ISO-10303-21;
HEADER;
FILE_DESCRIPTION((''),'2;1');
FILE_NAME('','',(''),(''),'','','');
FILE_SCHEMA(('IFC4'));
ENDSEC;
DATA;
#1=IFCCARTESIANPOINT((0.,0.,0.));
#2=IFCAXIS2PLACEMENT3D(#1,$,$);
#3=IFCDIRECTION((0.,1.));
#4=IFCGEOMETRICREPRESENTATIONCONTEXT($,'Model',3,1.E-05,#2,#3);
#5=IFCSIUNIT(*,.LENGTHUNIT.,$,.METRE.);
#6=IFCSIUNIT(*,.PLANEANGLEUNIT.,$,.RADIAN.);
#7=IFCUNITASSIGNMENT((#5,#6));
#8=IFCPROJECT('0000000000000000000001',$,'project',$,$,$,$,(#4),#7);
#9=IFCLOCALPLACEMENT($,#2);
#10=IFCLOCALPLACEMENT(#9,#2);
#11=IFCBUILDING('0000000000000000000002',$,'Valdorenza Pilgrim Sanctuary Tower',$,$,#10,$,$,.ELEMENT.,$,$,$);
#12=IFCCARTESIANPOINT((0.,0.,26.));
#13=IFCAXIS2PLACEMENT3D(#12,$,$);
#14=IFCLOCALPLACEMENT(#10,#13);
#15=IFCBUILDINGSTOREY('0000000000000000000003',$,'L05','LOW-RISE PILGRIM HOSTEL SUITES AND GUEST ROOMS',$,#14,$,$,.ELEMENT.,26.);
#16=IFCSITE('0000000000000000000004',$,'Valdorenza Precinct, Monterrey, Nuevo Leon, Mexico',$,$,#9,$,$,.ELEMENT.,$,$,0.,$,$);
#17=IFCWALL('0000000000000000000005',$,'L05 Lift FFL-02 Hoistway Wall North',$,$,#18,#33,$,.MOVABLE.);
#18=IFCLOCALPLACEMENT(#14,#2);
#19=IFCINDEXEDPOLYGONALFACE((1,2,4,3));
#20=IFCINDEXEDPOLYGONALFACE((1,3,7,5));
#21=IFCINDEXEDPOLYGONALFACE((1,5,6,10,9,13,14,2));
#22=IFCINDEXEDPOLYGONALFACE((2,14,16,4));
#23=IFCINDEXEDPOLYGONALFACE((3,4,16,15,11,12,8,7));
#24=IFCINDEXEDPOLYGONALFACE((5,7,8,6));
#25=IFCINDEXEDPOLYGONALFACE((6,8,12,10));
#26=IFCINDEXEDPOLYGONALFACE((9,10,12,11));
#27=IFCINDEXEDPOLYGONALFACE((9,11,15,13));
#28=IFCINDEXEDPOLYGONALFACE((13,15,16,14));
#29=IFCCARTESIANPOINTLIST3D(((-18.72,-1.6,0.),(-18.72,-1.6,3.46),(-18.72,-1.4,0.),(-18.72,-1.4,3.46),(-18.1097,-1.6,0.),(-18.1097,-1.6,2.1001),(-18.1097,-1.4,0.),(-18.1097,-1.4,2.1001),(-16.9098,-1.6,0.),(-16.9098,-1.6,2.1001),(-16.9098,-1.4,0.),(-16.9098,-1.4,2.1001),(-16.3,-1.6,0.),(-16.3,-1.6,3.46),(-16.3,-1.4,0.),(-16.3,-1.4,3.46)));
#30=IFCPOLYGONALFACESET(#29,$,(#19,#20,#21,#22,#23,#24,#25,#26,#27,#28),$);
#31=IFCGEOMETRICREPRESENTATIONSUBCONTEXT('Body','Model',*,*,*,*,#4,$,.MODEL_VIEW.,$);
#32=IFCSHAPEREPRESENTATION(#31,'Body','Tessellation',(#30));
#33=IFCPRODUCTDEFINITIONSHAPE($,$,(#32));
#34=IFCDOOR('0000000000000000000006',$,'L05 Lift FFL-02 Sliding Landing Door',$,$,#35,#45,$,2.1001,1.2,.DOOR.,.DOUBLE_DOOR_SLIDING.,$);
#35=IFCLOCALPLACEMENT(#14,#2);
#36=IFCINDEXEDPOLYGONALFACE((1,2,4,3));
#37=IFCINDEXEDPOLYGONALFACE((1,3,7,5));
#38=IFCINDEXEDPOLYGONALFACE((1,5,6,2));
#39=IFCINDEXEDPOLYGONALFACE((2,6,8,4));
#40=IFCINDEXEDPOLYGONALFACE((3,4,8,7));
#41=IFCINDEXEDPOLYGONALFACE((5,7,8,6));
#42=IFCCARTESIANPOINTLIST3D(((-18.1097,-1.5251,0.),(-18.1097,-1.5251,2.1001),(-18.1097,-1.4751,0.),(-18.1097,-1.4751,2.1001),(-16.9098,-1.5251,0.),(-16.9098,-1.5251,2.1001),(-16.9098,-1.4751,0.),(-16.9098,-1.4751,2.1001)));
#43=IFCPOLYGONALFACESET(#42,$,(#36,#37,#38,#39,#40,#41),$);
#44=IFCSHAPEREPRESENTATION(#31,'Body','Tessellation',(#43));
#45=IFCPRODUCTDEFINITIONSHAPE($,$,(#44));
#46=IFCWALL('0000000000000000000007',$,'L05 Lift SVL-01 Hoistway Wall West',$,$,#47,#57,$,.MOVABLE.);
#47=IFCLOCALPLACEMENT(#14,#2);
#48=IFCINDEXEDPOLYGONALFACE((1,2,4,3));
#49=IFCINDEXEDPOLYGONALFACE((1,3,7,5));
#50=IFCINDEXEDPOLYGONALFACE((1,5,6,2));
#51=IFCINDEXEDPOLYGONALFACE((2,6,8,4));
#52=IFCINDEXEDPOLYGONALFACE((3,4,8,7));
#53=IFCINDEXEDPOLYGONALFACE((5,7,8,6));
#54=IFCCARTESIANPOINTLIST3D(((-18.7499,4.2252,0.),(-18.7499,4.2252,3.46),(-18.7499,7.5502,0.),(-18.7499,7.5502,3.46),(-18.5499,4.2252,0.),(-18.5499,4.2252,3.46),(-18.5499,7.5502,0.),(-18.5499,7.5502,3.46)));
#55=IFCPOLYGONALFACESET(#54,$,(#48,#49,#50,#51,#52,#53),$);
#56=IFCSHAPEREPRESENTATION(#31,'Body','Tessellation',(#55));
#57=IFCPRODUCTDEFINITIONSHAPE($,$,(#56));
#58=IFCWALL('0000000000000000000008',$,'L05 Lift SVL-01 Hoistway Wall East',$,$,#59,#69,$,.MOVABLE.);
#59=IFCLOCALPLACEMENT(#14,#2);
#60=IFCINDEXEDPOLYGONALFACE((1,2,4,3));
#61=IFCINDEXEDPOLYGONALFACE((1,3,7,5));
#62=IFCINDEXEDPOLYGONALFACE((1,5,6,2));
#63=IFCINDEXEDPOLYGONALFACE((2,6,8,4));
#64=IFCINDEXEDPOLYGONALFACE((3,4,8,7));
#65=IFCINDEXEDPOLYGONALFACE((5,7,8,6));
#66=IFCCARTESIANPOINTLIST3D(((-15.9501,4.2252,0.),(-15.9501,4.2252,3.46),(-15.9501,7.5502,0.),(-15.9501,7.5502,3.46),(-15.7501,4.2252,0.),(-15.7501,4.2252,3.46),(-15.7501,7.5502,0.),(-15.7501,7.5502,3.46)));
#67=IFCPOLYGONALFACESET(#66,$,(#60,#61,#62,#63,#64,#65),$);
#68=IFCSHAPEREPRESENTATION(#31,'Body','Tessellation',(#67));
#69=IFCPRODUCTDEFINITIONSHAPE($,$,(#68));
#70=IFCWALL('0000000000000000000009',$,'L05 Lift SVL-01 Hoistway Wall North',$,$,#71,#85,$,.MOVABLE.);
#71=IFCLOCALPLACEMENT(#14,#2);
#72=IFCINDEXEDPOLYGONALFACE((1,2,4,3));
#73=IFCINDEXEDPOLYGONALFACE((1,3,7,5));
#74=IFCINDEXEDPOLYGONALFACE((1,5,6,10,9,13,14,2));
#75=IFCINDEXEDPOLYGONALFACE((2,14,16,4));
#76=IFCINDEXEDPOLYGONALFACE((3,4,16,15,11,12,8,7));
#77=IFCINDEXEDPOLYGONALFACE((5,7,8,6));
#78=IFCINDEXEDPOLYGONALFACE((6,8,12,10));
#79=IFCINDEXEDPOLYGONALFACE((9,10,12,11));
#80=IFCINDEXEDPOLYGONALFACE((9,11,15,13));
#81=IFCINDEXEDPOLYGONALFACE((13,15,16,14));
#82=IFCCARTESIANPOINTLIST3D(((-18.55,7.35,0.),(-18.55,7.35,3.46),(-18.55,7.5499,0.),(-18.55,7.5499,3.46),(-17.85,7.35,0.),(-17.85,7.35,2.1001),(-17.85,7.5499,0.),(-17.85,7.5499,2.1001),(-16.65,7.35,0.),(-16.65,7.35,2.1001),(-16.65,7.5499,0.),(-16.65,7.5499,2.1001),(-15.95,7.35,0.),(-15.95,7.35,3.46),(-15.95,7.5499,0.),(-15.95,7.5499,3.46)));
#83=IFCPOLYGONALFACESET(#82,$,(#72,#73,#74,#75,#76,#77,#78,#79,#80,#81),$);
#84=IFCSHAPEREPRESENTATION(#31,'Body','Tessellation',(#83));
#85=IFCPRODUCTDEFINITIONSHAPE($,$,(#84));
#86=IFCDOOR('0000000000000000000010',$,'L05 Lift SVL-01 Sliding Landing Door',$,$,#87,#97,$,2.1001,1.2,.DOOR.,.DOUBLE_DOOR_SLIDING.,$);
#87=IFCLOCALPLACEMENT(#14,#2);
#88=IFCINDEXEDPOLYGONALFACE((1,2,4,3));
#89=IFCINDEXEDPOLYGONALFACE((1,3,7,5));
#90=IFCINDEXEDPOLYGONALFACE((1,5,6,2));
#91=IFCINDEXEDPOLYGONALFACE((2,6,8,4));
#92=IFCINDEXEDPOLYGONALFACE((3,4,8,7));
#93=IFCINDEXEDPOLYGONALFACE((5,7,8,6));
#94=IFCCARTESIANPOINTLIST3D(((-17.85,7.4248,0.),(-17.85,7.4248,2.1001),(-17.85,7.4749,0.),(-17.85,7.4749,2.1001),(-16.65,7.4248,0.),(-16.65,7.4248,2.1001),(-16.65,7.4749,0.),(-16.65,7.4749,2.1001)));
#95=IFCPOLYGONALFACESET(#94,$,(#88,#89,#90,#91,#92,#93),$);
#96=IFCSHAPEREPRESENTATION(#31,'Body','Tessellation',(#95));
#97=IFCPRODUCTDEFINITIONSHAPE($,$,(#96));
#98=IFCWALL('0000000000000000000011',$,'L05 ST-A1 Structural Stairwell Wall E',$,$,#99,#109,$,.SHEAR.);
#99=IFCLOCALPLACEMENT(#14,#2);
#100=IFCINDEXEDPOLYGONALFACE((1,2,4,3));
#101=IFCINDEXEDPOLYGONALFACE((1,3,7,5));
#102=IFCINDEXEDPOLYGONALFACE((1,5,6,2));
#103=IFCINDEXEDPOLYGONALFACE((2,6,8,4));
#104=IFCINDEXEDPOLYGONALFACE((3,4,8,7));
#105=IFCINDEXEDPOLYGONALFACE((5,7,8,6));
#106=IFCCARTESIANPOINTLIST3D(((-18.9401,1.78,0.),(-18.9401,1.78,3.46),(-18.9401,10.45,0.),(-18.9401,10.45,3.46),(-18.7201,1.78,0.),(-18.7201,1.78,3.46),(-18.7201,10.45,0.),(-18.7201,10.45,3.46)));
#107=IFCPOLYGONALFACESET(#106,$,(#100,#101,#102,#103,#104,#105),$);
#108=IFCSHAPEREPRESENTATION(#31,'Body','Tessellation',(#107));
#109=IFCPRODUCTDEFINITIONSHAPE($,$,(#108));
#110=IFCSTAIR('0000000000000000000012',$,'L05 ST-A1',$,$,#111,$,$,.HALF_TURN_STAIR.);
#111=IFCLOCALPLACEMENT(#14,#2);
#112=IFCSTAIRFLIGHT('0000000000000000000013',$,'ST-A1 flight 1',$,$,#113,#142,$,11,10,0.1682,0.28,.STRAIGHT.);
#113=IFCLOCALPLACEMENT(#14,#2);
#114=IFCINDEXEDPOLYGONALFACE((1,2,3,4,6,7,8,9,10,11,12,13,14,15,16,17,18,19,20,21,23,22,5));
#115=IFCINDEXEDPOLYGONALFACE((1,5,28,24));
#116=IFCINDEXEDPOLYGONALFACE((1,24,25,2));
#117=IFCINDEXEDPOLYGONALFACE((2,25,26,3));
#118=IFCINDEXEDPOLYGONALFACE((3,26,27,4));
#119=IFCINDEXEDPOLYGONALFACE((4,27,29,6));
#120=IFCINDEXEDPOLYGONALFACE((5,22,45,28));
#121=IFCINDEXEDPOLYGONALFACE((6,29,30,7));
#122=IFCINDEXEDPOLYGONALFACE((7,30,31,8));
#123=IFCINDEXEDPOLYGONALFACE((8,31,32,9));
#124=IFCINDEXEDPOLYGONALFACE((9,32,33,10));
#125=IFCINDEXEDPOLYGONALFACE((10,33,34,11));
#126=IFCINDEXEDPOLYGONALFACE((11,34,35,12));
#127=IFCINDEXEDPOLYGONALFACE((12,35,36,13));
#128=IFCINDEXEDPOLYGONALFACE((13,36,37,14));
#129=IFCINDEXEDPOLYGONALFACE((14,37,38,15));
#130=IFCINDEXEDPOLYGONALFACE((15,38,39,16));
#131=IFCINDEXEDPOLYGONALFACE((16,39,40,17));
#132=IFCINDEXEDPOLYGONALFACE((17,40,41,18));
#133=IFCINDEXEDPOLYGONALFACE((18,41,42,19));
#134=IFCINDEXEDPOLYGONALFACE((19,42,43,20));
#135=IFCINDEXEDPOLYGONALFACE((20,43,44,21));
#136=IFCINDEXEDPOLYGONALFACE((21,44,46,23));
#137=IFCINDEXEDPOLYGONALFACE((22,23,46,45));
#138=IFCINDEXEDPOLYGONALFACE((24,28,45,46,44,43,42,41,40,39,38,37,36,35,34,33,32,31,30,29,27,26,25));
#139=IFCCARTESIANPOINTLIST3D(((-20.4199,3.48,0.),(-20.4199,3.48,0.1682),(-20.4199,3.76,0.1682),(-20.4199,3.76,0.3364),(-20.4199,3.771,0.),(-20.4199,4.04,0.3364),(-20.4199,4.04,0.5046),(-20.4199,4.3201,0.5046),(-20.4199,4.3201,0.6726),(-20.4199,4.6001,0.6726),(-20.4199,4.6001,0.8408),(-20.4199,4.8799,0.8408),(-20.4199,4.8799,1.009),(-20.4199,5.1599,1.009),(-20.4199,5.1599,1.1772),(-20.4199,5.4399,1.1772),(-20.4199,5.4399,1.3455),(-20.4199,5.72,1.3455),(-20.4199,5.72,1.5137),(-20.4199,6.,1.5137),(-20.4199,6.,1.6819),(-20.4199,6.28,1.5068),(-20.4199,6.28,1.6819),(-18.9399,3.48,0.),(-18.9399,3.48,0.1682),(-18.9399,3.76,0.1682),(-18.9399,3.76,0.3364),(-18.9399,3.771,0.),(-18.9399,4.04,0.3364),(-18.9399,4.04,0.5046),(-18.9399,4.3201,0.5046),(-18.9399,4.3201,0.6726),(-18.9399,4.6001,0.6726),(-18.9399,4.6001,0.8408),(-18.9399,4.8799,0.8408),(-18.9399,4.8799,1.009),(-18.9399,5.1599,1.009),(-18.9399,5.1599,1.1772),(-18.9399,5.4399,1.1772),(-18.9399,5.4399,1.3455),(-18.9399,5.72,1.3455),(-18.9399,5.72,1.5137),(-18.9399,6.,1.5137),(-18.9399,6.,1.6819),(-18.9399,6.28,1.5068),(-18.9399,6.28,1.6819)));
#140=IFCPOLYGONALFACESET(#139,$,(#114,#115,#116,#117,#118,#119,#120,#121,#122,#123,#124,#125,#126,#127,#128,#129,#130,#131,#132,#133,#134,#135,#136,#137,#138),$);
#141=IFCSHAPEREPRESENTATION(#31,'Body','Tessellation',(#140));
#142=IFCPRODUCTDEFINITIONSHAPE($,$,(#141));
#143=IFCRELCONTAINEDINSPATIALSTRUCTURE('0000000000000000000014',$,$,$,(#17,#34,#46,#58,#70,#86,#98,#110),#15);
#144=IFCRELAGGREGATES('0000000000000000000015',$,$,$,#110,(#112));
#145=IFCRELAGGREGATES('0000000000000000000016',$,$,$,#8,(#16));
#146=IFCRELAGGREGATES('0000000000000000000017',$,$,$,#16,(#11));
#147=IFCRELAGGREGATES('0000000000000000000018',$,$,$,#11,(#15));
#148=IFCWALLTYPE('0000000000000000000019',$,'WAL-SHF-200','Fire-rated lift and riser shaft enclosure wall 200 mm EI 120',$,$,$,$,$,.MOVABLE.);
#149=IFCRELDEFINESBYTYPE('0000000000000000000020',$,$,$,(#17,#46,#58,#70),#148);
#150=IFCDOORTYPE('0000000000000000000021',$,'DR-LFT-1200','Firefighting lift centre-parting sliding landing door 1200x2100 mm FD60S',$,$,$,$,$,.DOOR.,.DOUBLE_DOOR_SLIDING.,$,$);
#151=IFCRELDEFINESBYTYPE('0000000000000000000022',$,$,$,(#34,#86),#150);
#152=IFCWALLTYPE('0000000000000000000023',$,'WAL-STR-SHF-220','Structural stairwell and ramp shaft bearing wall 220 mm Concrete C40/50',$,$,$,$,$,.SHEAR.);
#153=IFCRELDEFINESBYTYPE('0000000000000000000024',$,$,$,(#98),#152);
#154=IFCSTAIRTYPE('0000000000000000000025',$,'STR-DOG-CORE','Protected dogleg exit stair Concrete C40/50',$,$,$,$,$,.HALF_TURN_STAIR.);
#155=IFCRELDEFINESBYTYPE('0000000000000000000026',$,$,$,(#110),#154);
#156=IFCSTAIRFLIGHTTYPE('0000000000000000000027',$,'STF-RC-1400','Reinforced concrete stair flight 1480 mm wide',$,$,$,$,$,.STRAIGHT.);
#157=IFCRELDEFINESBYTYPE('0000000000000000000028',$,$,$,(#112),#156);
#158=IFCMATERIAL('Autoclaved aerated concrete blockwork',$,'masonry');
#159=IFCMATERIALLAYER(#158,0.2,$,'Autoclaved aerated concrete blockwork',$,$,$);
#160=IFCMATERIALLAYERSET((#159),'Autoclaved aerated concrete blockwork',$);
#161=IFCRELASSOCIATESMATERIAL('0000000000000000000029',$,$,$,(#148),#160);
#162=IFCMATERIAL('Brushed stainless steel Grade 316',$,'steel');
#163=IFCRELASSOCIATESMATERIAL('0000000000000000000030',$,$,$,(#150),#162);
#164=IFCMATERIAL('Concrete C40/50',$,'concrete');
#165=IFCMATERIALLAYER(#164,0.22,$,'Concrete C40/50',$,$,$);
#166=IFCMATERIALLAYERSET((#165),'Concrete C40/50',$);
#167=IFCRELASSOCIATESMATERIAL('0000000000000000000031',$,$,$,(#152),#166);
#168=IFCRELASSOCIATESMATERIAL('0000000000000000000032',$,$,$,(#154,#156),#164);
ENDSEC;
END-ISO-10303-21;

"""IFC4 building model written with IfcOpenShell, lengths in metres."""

from ifc_helpers import new_model, si_unit, direction, frame, frame_2d, origin, place, context, subcontext, project, spatial, polyline, rectangle, outline, extrude, material, layer, layer_set, type_object, element, fill, aggregate, save


model = new_model("IFC4")

# Units and contexts
model_context = context("Model", 3, precision=1e-05, world=origin(), true_north=direction((0.0, 1.0)))
body_context = subcontext(model_context, "Body", "Model", "MODEL_VIEW")
ifc_project = project(units=[si_unit("LENGTHUNIT", "METRE"), si_unit("PLANEANGLEUNIT", "RADIAN")], contexts=[model_context])

# Site, building, storey
site_placement = place(None, origin())
site = spatial("IfcSite", under=ifc_project, at=site_placement, Name="Valdorenza Precinct, Monterrey, Nuevo Leon, Mexico", CompositionType="ELEMENT", RefElevation=0.0)
building_placement = place(site_placement, origin())
building = spatial("IfcBuilding", under=site, at=building_placement, Name="Valdorenza Pilgrim Sanctuary Tower", CompositionType="ELEMENT")
storey_placement = place(building_placement, frame((0.0, 0.0, 26.0)))
storey = spatial("IfcBuildingStorey", under=building, at=storey_placement, Name="L05", Description="LOW-RISE PILGRIM HOSTEL SUITES AND GUEST ROOMS", CompositionType="ELEMENT", Elevation=26.0)

# Shared definitions
ifc_material_1 = material(Name="Autoclaved aerated concrete blockwork", Category="masonry")
ifc_layer_1 = layer(ifc_material_1, 0.2, Name="Autoclaved aerated concrete blockwork")
ifc_layer_set_1 = layer_set([ifc_layer_1], Name="Autoclaved aerated concrete blockwork")
wall_type_1 = type_object("IfcWallType", Name="WAL-SHF-200", Description="Fire-rated lift and riser shaft enclosure wall 200 mm EI 120", PredefinedType="MOVABLE", material=ifc_layer_set_1)

# Shared definitions
ifc_material_2 = material(Name="Brushed stainless steel Grade 316", Category="steel")
door_type_1 = type_object("IfcDoorType", Name="DR-LFT-1200", Description="Firefighting lift centre-parting sliding landing door 1200x2100 mm FD60S", OperationType="DOUBLE_DOOR_SLIDING", PredefinedType="DOOR", material=ifc_material_2)

# Wall, opening, door
wall_1_placement = place(storey_placement, frame((-18.72, -1.5, 0.0), z_axis=(0.0, 0.0, 1.0), x_axis=(1.0, 0.0, 0.0)))
wall_1 = element("IfcWall", 1, at=wall_1_placement, inside=storey, type_object=wall_type_1, Name="L05 Lift FFL-02 Hoistway Wall North", PredefinedType="MOVABLE", context=body_context, shape_type="SweptSolid", body=[
    extrude(rectangle(XDim=2.4199, YDim=0.2, at=frame_2d((1.21, 0.0))), origin(), (0.0, 0.0, 1.0), 3.46),
])
opening_1_placement = place(wall_1_placement, frame((0.6101, 0.0, 0.0)))
opening_1 = element("IfcOpeningElement", 2, at=opening_1_placement, cuts=wall_1, PredefinedType="OPENING", context=body_context, shape_type="SweptSolid", body=[
    extrude(rectangle(XDim=1.2, YDim=2.1001, at=frame_2d((0.6001, 1.05))), frame((0.0, 0.1147, 0.0), z_axis=(0.0, -1.0, 0.0), x_axis=(1.0, 0.0, 0.0)), (0.0, 0.0, 1.0), 0.2297),
])
door_1_placement = place(opening_1_placement, origin())
door_1 = element("IfcDoor", 3, at=door_1_placement, inside=storey, type_object=door_type_1, Name="L05 Lift FFL-02 Sliding Landing Door", OperationType="DOUBLE_DOOR_SLIDING", OverallHeight=2.1001, OverallWidth=1.2, PredefinedType="DOOR", context=body_context, shape_type="SweptSolid", body=[
    extrude(rectangle(XDim=1.2, YDim=2.1001, at=frame_2d((0.6001, 1.05))), frame((0.0, 0.0249, 0.0), z_axis=(0.0, -1.0, 0.0), x_axis=(1.0, 0.0, 0.0)), (0.0, 0.0, 1.0), 0.05),
])
fill(opening_1, door_1)

# Walls
for number, where, z_axis, x_axis, name in (
    (4, (-18.6499, 4.2251, 0.0), (0.0, 0.0, 1.0), (0.0, 1.0, 0.0), "L05 Lift SVL-01 Hoistway Wall West"),
    (5, (-15.8501, 4.2251, 0.0), (0.0, 0.0, 1.0), (0.0, 1.0, 0.0), "L05 Lift SVL-01 Hoistway Wall East"),
):
    element("IfcWall", number, at=place(storey_placement, frame(where, z_axis=z_axis, x_axis=x_axis)), inside=storey, type_object=wall_type_1, Name=name, PredefinedType="MOVABLE", context=body_context, shape_type="SweptSolid", body=[
        extrude(rectangle(XDim=3.325, YDim=0.2, at=frame_2d((1.6626, 0.0))), origin(), (0.0, 0.0, 1.0), 3.46),
    ])

# Wall, opening, door
wall_2_placement = place(storey_placement, frame((-18.55, 7.45, 0.0), z_axis=(0.0, 0.0, 1.0), x_axis=(1.0, 0.0, 0.0)))
wall_2 = element("IfcWall", 6, at=wall_2_placement, inside=storey, type_object=wall_type_1, Name="L05 Lift SVL-01 Hoistway Wall North", PredefinedType="MOVABLE", context=body_context, shape_type="SweptSolid", body=[
    extrude(rectangle(XDim=2.6001, YDim=0.2, at=frame_2d((1.3, 0.0))), origin(), (0.0, 0.0, 1.0), 3.46),
])
opening_2_placement = place(wall_2_placement, frame((0.7, 0.0, 0.0)))
opening_2 = element("IfcOpeningElement", 7, at=opening_2_placement, cuts=wall_2, PredefinedType="OPENING", context=body_context, shape_type="SweptSolid", body=[
    extrude(rectangle(XDim=1.2, YDim=2.1001, at=frame_2d((0.6001, 1.05))), frame((0.0, 0.1147, 0.0), z_axis=(0.0, -1.0, 0.0), x_axis=(1.0, 0.0, 0.0)), (0.0, 0.0, 1.0), 0.2297),
])
door_2_placement = place(opening_2_placement, origin())
door_2 = element("IfcDoor", 8, at=door_2_placement, inside=storey, type_object=door_type_1, Name="L05 Lift SVL-01 Sliding Landing Door", OperationType="DOUBLE_DOOR_SLIDING", OverallHeight=2.1001, OverallWidth=1.2, PredefinedType="DOOR", context=body_context, shape_type="SweptSolid", body=[
    extrude(rectangle(XDim=1.2, YDim=2.1001, at=frame_2d((0.6001, 1.05))), frame((0.0, 0.0249, 0.0), z_axis=(0.0, -1.0, 0.0), x_axis=(1.0, 0.0, 0.0)), (0.0, 0.0, 1.0), 0.05),
])
fill(opening_2, door_2)

# Wall
ifc_material_3 = material(Name="Concrete C40/50", Category="concrete")
ifc_layer_2 = layer(ifc_material_3, 0.22, Name="Concrete C40/50")
ifc_layer_set_2 = layer_set([ifc_layer_2], Name="Concrete C40/50")
wall_type_2 = type_object("IfcWallType", Name="WAL-STR-SHF-220", Description="Structural stairwell and ramp shaft bearing wall 220 mm Concrete C40/50", PredefinedType="SHEAR", material=ifc_layer_set_2)
wall_3_placement = place(storey_placement, frame((-18.8301, 1.78, 0.0), z_axis=(0.0, 0.0, 1.0), x_axis=(0.0, 1.0, 0.0)))
element("IfcWall", 9, at=wall_3_placement, inside=storey, type_object=wall_type_2, Name="L05 ST-A1 Structural Stairwell Wall E", PredefinedType="SHEAR", context=body_context, shape_type="SweptSolid", body=[
    extrude(rectangle(XDim=8.6699, YDim=0.22, at=frame_2d((4.335, 0.0))), origin(), (0.0, 0.0, 1.0), 3.46),
])

# Stair, stair flight
stair_type = type_object("IfcStairType", Name="STR-DOG-CORE", Description="Protected dogleg exit stair Concrete C40/50", PredefinedType="HALF_TURN_STAIR", material=ifc_material_3)
stair_placement = place(storey_placement, origin())
stair = element("IfcStair", 10, at=stair_placement, inside=storey, type_object=stair_type, Name="L05 ST-A1", PredefinedType="HALF_TURN_STAIR")
stair_flight_type = type_object("IfcStairFlightType", Name="STF-RC-1400", Description="Reinforced concrete stair flight 1480 mm wide", PredefinedType="STRAIGHT", material=ifc_material_3)
stair_flight_placement = place(storey_placement, frame((-19.6799, 3.48, 0.0), z_axis=(0.0, 0.0, 1.0), x_axis=(0.0, 1.0, 0.0)))
stair_flight = element("IfcStairFlight", 11, at=stair_flight_placement, type_object=stair_flight_type, Name="ST-A1 flight 1", NumberOfRisers=11, NumberOfTreads=10, PredefinedType="STRAIGHT", RiserHeight=0.1682, TreadLength=0.28, context=body_context, shape_type="SweptSolid", body=[
    extrude(outline(polyline([(0.0, 0.0), (0.0, 0.1682), (0.28, 0.1682), (0.28, 0.3364), (0.5601, 0.3364), (0.5601, 0.5046), (0.8401, 0.5046), (0.8401, 0.6726), (1.1201, 0.6726), (1.1201, 0.8408), (1.3999, 0.8408), (1.3999, 1.009), (1.6799, 1.009), (1.6799, 1.1772), (1.96, 1.1772), (1.96, 1.3455), (2.24, 1.3455), (2.24, 1.5137), (2.52, 1.5137), (2.52, 1.6819), (2.8, 1.6819), (2.8, 1.8501), (2.8, 1.5068), (0.291, 0.0), (0.0, 0.0)])), frame((0.0, 0.74, 0.0), z_axis=(0.0, -1.0, 0.0), x_axis=(1.0, 0.0, 0.0)), (0.0, 0.0, 1.0), 1.48),
])
aggregate(stair, [stair_flight])

save(model, "model.ifc")
